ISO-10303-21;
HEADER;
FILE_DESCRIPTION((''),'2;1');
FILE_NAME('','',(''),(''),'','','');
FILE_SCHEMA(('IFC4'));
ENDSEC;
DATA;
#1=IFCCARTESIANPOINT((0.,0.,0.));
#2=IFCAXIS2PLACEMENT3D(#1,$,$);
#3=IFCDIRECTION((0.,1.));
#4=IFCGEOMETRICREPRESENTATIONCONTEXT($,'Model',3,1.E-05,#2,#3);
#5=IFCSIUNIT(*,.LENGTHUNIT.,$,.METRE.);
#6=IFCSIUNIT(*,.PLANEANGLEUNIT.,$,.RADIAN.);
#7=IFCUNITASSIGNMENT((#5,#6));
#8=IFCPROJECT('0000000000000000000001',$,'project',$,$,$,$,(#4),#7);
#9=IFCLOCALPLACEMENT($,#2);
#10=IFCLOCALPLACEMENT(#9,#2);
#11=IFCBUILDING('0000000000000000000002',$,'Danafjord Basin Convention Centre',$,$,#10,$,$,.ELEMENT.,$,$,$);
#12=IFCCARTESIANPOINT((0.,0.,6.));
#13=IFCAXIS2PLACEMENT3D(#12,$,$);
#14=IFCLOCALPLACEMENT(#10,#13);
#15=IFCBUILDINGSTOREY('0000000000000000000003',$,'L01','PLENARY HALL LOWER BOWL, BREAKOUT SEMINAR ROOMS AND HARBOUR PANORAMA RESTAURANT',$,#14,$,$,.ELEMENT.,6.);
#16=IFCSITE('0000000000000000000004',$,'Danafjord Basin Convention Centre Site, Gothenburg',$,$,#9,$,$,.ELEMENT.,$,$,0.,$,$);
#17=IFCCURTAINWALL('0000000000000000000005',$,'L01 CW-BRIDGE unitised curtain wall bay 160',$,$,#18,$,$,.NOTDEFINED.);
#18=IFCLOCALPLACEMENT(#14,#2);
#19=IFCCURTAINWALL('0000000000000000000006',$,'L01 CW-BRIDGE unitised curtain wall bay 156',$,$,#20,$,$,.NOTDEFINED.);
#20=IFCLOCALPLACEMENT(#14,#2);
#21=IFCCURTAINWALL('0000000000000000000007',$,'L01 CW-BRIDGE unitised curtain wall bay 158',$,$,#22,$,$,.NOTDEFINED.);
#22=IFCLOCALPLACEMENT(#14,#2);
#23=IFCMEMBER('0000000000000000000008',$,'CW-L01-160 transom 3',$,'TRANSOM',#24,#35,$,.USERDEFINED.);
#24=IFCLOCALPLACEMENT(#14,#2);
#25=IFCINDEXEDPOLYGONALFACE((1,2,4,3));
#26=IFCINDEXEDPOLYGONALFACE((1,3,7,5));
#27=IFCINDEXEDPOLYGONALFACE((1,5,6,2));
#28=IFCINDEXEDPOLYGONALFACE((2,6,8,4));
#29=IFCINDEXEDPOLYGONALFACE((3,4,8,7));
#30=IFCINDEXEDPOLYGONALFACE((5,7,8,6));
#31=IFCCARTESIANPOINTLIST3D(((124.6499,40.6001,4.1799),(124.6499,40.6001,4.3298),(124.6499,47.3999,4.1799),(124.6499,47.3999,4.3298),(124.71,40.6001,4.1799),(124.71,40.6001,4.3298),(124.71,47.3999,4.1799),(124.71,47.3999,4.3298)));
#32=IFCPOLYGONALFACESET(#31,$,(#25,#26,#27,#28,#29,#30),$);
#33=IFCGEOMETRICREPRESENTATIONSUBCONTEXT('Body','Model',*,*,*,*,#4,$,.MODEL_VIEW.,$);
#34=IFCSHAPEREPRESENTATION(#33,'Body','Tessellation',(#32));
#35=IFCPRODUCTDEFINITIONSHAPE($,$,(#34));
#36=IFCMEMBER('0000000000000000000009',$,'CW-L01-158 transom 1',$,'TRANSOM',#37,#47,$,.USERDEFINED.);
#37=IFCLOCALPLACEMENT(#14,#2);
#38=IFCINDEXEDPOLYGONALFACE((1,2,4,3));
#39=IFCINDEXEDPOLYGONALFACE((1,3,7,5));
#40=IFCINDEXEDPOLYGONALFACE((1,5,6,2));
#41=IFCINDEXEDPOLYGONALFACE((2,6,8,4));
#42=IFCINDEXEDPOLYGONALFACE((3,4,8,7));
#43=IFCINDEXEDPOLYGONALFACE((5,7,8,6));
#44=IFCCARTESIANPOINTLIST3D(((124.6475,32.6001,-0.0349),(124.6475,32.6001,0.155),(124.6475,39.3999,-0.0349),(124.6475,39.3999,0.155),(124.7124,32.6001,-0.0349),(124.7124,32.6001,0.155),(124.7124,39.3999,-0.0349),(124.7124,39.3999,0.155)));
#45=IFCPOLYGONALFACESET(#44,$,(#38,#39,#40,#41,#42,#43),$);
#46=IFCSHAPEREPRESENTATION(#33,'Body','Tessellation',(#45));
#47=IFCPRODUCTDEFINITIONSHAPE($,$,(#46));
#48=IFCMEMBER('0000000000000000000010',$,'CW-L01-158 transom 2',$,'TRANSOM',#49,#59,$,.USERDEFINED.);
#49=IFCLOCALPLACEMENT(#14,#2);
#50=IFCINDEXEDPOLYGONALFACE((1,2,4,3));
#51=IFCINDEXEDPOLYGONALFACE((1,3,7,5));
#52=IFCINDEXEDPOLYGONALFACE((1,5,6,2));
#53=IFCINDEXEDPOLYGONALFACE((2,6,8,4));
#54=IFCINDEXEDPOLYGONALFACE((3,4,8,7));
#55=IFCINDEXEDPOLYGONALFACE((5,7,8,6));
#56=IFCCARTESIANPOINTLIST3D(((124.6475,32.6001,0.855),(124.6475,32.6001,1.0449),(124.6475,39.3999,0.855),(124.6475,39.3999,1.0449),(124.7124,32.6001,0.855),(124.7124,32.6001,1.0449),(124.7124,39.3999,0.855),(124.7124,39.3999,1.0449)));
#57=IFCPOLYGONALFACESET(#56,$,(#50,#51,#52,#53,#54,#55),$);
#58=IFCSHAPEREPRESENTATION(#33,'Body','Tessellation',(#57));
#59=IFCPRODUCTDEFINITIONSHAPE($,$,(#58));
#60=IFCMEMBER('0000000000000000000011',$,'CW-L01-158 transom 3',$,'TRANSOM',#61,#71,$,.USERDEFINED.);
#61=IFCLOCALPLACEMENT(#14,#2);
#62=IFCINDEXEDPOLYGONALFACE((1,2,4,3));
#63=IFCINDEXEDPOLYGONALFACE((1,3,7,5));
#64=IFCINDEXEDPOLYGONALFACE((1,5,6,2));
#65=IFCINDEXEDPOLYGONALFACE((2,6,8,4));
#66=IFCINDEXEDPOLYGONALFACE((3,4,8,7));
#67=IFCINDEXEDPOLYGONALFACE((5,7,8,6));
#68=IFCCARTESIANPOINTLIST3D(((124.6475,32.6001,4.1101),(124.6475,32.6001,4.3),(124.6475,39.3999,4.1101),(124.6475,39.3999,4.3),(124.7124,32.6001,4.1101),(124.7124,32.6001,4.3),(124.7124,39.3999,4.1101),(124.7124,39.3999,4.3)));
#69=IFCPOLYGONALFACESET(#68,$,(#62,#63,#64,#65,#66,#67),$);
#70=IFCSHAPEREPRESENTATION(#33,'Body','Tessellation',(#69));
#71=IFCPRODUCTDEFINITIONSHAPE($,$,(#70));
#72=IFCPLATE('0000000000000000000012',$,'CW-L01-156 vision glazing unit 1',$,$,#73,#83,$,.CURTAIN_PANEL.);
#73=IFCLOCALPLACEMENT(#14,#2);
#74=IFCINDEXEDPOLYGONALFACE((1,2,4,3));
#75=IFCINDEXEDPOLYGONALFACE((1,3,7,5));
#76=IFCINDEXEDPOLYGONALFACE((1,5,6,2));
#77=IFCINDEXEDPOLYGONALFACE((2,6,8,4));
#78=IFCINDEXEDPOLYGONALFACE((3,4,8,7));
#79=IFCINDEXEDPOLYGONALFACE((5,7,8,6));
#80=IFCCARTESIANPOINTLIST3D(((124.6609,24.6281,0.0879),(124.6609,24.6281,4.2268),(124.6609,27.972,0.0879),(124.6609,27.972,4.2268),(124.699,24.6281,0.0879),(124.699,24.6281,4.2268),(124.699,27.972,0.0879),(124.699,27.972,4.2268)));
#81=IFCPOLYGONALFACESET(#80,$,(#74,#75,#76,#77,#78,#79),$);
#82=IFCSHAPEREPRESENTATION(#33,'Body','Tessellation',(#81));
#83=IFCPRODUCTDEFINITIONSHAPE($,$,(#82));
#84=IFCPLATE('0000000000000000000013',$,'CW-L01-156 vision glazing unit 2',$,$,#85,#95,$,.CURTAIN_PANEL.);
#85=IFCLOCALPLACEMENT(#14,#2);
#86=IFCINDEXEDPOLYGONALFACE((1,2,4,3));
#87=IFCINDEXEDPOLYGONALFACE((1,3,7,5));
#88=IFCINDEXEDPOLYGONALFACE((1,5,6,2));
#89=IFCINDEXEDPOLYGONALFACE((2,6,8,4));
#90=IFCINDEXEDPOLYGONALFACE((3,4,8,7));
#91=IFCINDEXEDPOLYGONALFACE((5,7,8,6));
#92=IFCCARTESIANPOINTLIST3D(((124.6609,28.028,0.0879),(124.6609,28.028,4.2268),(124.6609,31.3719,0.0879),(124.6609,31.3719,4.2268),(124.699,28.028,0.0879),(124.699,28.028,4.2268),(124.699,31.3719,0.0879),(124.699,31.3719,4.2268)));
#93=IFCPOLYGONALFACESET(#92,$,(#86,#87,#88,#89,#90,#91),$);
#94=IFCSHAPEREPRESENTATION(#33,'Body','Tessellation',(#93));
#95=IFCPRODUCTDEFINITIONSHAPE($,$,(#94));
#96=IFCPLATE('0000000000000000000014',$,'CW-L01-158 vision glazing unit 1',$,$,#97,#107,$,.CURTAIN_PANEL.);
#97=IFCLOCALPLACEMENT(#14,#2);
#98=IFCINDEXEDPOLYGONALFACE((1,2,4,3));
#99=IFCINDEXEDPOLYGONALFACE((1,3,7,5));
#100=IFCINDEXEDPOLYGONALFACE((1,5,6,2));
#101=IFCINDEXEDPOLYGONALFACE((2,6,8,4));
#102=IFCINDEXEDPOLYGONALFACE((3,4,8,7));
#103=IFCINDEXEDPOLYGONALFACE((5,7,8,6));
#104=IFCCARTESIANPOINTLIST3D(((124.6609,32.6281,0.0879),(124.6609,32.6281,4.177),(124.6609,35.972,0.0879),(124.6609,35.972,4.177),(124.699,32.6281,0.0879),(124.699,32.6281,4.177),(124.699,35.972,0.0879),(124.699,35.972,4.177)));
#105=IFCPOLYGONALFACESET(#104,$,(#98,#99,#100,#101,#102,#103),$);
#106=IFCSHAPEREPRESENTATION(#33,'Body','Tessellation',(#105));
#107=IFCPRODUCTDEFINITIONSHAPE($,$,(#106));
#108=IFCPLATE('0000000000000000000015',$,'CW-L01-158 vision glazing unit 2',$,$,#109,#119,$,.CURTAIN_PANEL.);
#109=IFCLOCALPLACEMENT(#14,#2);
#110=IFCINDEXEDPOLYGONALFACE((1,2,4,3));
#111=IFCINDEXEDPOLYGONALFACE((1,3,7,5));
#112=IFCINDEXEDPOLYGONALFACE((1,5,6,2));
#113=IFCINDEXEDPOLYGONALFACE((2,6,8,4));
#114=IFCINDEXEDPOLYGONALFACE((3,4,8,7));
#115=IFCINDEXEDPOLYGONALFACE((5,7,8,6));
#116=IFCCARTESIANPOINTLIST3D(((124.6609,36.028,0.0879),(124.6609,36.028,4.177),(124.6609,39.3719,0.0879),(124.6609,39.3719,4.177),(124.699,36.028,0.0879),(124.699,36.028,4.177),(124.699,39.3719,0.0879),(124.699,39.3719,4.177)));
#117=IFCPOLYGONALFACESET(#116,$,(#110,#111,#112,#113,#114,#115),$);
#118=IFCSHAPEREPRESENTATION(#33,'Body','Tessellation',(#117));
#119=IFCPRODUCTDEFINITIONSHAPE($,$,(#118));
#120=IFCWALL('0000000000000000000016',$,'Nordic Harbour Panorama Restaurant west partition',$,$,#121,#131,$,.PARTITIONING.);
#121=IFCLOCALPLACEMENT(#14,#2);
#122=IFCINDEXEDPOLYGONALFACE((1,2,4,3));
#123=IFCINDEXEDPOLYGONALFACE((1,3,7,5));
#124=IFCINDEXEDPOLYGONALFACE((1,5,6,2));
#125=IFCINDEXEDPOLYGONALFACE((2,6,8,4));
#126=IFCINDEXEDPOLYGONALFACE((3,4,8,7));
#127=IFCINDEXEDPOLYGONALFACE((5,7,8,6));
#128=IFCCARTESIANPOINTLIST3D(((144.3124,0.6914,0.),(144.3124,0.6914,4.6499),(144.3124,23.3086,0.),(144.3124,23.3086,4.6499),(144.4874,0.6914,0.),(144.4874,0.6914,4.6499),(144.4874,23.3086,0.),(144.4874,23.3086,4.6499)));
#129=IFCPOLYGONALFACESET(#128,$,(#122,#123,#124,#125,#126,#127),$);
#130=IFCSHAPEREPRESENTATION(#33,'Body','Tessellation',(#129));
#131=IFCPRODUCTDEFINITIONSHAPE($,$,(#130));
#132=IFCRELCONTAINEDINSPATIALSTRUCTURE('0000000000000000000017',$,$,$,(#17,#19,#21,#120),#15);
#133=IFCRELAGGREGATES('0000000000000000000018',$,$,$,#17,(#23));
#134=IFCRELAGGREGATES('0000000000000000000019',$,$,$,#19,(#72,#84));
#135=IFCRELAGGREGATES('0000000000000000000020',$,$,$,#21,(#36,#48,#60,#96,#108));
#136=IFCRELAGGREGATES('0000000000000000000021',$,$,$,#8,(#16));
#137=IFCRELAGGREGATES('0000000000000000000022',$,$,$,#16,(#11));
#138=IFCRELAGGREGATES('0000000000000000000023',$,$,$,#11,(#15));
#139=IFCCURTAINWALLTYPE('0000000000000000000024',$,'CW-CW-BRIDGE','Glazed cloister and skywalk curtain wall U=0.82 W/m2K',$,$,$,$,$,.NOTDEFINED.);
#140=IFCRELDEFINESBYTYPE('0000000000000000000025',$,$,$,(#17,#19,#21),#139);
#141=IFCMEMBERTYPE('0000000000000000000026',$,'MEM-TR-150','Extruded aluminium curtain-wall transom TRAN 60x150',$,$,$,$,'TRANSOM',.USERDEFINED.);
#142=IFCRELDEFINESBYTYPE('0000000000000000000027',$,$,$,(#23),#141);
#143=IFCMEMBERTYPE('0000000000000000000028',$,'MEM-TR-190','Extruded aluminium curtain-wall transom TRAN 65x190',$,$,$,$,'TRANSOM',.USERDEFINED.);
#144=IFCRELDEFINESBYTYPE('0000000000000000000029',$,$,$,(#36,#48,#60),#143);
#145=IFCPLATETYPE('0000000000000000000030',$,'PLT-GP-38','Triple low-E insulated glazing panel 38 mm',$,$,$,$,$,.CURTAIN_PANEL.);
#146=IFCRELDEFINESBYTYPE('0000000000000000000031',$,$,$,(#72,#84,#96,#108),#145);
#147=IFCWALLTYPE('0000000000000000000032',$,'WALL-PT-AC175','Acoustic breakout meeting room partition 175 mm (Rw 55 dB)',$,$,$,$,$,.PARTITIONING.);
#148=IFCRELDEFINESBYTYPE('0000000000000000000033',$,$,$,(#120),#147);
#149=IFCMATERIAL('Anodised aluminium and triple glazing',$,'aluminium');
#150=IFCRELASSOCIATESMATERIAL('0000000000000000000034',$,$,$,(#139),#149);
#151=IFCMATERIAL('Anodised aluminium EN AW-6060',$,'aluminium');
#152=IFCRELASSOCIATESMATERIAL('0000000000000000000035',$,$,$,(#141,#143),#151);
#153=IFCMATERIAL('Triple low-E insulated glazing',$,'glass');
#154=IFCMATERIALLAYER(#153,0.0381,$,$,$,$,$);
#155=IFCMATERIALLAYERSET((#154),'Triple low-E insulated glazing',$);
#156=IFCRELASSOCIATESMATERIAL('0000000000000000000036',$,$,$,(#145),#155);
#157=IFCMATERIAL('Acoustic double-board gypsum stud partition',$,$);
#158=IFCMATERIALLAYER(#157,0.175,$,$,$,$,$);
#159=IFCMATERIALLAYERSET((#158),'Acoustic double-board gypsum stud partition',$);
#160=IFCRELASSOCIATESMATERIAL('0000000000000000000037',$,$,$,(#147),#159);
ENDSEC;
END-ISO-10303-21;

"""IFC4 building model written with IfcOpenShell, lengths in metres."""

from ifc_helpers import new_model, si_unit, direction, frame, frame_2d, origin, origin_2d, place, context, subcontext, project, spatial, rectangle, extrude, material, layer, layer_set, material_profile, profile_set, type_object, element, aggregate, save


model = new_model("IFC4")

# Units and contexts
model_context = context("Model", 3, precision=1e-05, world=origin(), true_north=direction((0.0, 1.0)))
body_context = subcontext(model_context, "Body", "Model", "MODEL_VIEW")
ifc_project = project(units=[si_unit("LENGTHUNIT", "METRE"), si_unit("PLANEANGLEUNIT", "RADIAN")], contexts=[model_context])

# Site, building, storey
site_placement = place(None, origin())
site = spatial("IfcSite", under=ifc_project, at=site_placement, Name="Danafjord Basin Convention Centre Site, Gothenburg", CompositionType="ELEMENT", RefElevation=0.0)
building_placement = place(site_placement, origin())
building = spatial("IfcBuilding", under=site, at=building_placement, Name="Danafjord Basin Convention Centre", CompositionType="ELEMENT")
storey_placement = place(building_placement, frame((0.0, 0.0, 6.0)))
storey = spatial("IfcBuildingStorey", under=building, at=storey_placement, Name="L01", Description="PLENARY HALL LOWER BOWL, BREAKOUT SEMINAR ROOMS AND HARBOUR PANORAMA RESTAURANT", CompositionType="ELEMENT", Elevation=6.0)

# Curtain wall
ifc_material_1 = material(Name="Anodised aluminium and triple glazing", Category="aluminium")
curtain_wall_type = type_object("IfcCurtainWallType", Name="CW-CW-BRIDGE", Description="Glazed cloister and skywalk curtain wall U=0.82 W/m2K", PredefinedType="NOTDEFINED", material=ifc_material_1)
curtain_wall_1_placement = place(storey_placement, origin())
curtain_wall_1 = element("IfcCurtainWall", 1, at=curtain_wall_1_placement, inside=storey, type_object=curtain_wall_type, Name="L01 CW-BRIDGE unitised curtain wall bay 160", PredefinedType="NOTDEFINED")
ifc_material_2 = material(Name="Anodised aluminium EN AW-6060", Category="aluminium")

# Curtain walls
curtain_wall_2_placement = place(storey_placement, origin())
curtain_wall_2 = element("IfcCurtainWall", 2, at=curtain_wall_2_placement, inside=storey, type_object=curtain_wall_type, Name="L01 CW-BRIDGE unitised curtain wall bay 156", PredefinedType="NOTDEFINED")
curtain_wall_3_placement = place(storey_placement, origin())
curtain_wall_3 = element("IfcCurtainWall", 3, at=curtain_wall_3_placement, inside=storey, type_object=curtain_wall_type, Name="L01 CW-BRIDGE unitised curtain wall bay 158", PredefinedType="NOTDEFINED")

# Members
ifc_material_profile_1 = material_profile(ifc_material_2, rectangle(XDim=0.0601, YDim=0.1499, at=origin_2d()), Name="TRAN 60x150")
ifc_profile_set_1 = profile_set([ifc_material_profile_1], Name="Anodised aluminium EN AW-6060")
member_type_1 = type_object("IfcMemberType", Name="MEM-TR-150", Description="Extruded aluminium curtain-wall transom TRAN 60x150", ElementType="TRANSOM", PredefinedType="USERDEFINED", material=ifc_profile_set_1)
member_1_placement = place(storey_placement, frame((124.6799, 40.6001, 4.2549), z_axis=(0.0, 1.0, 0.0), x_axis=(-1.0, 0.0, 0.0)))
member_1 = element("IfcMember", 4, at=member_1_placement, type_object=member_type_1, Name="CW-L01-160 transom 3", ObjectType="TRANSOM", PredefinedType="USERDEFINED", context=body_context, shape_type="SweptSolid", body=[
    extrude(rectangle(XDim=0.0601, YDim=0.1499, at=origin_2d()), origin(), (0.0, 0.0, 1.0), 6.7998),
])
aggregate(curtain_wall_1, [member_1])
ifc_material_profile_2 = material_profile(ifc_material_2, rectangle(XDim=0.0649, YDim=0.1899, at=origin_2d()), Name="TRAN 65x190")
ifc_profile_set_2 = profile_set([ifc_material_profile_2], Name="Anodised aluminium EN AW-6060")
member_type_2 = type_object("IfcMemberType", Name="MEM-TR-190", Description="Extruded aluminium curtain-wall transom TRAN 65x190", ElementType="TRANSOM", PredefinedType="USERDEFINED", material=ifc_profile_set_2)
member_2_placement = place(storey_placement, frame((124.6799, 32.6001, 0.0601), z_axis=(0.0, 1.0, 0.0), x_axis=(-1.0, 0.0, 0.0)))
member_2 = element("IfcMember", 5, at=member_2_placement, type_object=member_type_2, Name="CW-L01-158 transom 1", ObjectType="TRANSOM", PredefinedType="USERDEFINED", context=body_context, shape_type="SweptSolid", body=[
    extrude(rectangle(XDim=0.0649, YDim=0.1899, at=origin_2d()), origin(), (0.0, 0.0, 1.0), 6.7998),
])
member_3_placement = place(storey_placement, frame((124.6799, 32.6001, 0.95), z_axis=(0.0, 1.0, 0.0), x_axis=(-1.0, 0.0, 0.0)))
member_3 = element("IfcMember", 6, at=member_3_placement, type_object=member_type_2, Name="CW-L01-158 transom 2", ObjectType="TRANSOM", PredefinedType="USERDEFINED", context=body_context, shape_type="SweptSolid", body=[
    extrude(rectangle(XDim=0.0649, YDim=0.1899, at=origin_2d()), origin(), (0.0, 0.0, 1.0), 6.7998),
])
member_4_placement = place(storey_placement, frame((124.6799, 32.6001, 4.2051), z_axis=(0.0, 1.0, 0.0), x_axis=(-1.0, 0.0, 0.0)))
member_4 = element("IfcMember", 7, at=member_4_placement, type_object=member_type_2, Name="CW-L01-158 transom 3", ObjectType="TRANSOM", PredefinedType="USERDEFINED", context=body_context, shape_type="SweptSolid", body=[
    extrude(rectangle(XDim=0.0649, YDim=0.1899, at=origin_2d()), origin(), (0.0, 0.0, 1.0), 6.7998),
])

# Plates
ifc_material_3 = material(Name="Triple low-E insulated glazing", Category="glass")
ifc_layer_1 = layer(ifc_material_3, 0.0381)
ifc_layer_set_1 = layer_set([ifc_layer_1], Name="Triple low-E insulated glazing")
plate_type = type_object("IfcPlateType", Name="PLT-GP-38", Description="Triple low-E insulated glazing panel 38 mm", PredefinedType="CURTAIN_PANEL", material=ifc_layer_set_1)
plate_1_placement = place(storey_placement, frame((124.6799, 26.3, 0.0879), z_axis=(0.0, 0.0, 1.0), x_axis=(0.0, 1.0, 0.0)))
plate_1 = element("IfcPlate", 8, at=plate_1_placement, type_object=plate_type, Name="CW-L01-156 vision glazing unit 1", PredefinedType="CURTAIN_PANEL", context=body_context, shape_type="SweptSolid", body=[
    extrude(rectangle(XDim=3.344, YDim=0.0381, at=origin_2d()), origin(), (0.0, 0.0, 1.0), 4.1389),
])
plate_2_placement = place(storey_placement, frame((124.6799, 29.7, 0.0879), z_axis=(0.0, 0.0, 1.0), x_axis=(0.0, 1.0, 0.0)))
plate_2 = element("IfcPlate", 9, at=plate_2_placement, type_object=plate_type, Name="CW-L01-156 vision glazing unit 2", PredefinedType="CURTAIN_PANEL", context=body_context, shape_type="SweptSolid", body=[
    extrude(rectangle(XDim=3.344, YDim=0.0381, at=origin_2d()), origin(), (0.0, 0.0, 1.0), 4.1389),
])
aggregate(curtain_wall_2, [plate_1, plate_2])
plate_3_placement = place(storey_placement, frame((124.6799, 34.3, 0.0879), z_axis=(0.0, 0.0, 1.0), x_axis=(0.0, 1.0, 0.0)))
plate_3 = element("IfcPlate", 10, at=plate_3_placement, type_object=plate_type, Name="CW-L01-158 vision glazing unit 1", PredefinedType="CURTAIN_PANEL", context=body_context, shape_type="SweptSolid", body=[
    extrude(rectangle(XDim=3.344, YDim=0.0381, at=origin_2d()), origin(), (0.0, 0.0, 1.0), 4.0891),
])
plate_4_placement = place(storey_placement, frame((124.6799, 37.7, 0.0879), z_axis=(0.0, 0.0, 1.0), x_axis=(0.0, 1.0, 0.0)))
plate_4 = element("IfcPlate", 11, at=plate_4_placement, type_object=plate_type, Name="CW-L01-158 vision glazing unit 2", PredefinedType="CURTAIN_PANEL", context=body_context, shape_type="SweptSolid", body=[
    extrude(rectangle(XDim=3.344, YDim=0.0381, at=origin_2d()), origin(), (0.0, 0.0, 1.0), 4.0891),
])
aggregate(curtain_wall_3, [member_2, member_3, member_4, plate_3, plate_4])

# Wall
ifc_material_4 = material(Name="Acoustic double-board gypsum stud partition")
ifc_layer_2 = layer(ifc_material_4, 0.175)
ifc_layer_set_2 = layer_set([ifc_layer_2], Name="Acoustic double-board gypsum stud partition")
wall_type = type_object("IfcWallType", Name="WALL-PT-AC175", Description="Acoustic breakout meeting room partition 175 mm (Rw 55 dB)", PredefinedType="PARTITIONING", material=ifc_layer_set_2)
wall_placement = place(storey_placement, frame((144.3999, 23.3086, 0.0), z_axis=(0.0, 0.0, 1.0), x_axis=(0.0, -1.0, 0.0)))
element("IfcWall", 12, at=wall_placement, inside=storey, type_object=wall_type, Name="Nordic Harbour Panorama Restaurant west partition", PredefinedType="PARTITIONING", context=body_context, shape_type="SweptSolid", body=[
    extrude(rectangle(XDim=22.6172, YDim=0.175, at=frame_2d((11.3086, 0.0))), origin(), (0.0, 0.0, 1.0), 4.6499),
])

save(model, "model.ifc")
